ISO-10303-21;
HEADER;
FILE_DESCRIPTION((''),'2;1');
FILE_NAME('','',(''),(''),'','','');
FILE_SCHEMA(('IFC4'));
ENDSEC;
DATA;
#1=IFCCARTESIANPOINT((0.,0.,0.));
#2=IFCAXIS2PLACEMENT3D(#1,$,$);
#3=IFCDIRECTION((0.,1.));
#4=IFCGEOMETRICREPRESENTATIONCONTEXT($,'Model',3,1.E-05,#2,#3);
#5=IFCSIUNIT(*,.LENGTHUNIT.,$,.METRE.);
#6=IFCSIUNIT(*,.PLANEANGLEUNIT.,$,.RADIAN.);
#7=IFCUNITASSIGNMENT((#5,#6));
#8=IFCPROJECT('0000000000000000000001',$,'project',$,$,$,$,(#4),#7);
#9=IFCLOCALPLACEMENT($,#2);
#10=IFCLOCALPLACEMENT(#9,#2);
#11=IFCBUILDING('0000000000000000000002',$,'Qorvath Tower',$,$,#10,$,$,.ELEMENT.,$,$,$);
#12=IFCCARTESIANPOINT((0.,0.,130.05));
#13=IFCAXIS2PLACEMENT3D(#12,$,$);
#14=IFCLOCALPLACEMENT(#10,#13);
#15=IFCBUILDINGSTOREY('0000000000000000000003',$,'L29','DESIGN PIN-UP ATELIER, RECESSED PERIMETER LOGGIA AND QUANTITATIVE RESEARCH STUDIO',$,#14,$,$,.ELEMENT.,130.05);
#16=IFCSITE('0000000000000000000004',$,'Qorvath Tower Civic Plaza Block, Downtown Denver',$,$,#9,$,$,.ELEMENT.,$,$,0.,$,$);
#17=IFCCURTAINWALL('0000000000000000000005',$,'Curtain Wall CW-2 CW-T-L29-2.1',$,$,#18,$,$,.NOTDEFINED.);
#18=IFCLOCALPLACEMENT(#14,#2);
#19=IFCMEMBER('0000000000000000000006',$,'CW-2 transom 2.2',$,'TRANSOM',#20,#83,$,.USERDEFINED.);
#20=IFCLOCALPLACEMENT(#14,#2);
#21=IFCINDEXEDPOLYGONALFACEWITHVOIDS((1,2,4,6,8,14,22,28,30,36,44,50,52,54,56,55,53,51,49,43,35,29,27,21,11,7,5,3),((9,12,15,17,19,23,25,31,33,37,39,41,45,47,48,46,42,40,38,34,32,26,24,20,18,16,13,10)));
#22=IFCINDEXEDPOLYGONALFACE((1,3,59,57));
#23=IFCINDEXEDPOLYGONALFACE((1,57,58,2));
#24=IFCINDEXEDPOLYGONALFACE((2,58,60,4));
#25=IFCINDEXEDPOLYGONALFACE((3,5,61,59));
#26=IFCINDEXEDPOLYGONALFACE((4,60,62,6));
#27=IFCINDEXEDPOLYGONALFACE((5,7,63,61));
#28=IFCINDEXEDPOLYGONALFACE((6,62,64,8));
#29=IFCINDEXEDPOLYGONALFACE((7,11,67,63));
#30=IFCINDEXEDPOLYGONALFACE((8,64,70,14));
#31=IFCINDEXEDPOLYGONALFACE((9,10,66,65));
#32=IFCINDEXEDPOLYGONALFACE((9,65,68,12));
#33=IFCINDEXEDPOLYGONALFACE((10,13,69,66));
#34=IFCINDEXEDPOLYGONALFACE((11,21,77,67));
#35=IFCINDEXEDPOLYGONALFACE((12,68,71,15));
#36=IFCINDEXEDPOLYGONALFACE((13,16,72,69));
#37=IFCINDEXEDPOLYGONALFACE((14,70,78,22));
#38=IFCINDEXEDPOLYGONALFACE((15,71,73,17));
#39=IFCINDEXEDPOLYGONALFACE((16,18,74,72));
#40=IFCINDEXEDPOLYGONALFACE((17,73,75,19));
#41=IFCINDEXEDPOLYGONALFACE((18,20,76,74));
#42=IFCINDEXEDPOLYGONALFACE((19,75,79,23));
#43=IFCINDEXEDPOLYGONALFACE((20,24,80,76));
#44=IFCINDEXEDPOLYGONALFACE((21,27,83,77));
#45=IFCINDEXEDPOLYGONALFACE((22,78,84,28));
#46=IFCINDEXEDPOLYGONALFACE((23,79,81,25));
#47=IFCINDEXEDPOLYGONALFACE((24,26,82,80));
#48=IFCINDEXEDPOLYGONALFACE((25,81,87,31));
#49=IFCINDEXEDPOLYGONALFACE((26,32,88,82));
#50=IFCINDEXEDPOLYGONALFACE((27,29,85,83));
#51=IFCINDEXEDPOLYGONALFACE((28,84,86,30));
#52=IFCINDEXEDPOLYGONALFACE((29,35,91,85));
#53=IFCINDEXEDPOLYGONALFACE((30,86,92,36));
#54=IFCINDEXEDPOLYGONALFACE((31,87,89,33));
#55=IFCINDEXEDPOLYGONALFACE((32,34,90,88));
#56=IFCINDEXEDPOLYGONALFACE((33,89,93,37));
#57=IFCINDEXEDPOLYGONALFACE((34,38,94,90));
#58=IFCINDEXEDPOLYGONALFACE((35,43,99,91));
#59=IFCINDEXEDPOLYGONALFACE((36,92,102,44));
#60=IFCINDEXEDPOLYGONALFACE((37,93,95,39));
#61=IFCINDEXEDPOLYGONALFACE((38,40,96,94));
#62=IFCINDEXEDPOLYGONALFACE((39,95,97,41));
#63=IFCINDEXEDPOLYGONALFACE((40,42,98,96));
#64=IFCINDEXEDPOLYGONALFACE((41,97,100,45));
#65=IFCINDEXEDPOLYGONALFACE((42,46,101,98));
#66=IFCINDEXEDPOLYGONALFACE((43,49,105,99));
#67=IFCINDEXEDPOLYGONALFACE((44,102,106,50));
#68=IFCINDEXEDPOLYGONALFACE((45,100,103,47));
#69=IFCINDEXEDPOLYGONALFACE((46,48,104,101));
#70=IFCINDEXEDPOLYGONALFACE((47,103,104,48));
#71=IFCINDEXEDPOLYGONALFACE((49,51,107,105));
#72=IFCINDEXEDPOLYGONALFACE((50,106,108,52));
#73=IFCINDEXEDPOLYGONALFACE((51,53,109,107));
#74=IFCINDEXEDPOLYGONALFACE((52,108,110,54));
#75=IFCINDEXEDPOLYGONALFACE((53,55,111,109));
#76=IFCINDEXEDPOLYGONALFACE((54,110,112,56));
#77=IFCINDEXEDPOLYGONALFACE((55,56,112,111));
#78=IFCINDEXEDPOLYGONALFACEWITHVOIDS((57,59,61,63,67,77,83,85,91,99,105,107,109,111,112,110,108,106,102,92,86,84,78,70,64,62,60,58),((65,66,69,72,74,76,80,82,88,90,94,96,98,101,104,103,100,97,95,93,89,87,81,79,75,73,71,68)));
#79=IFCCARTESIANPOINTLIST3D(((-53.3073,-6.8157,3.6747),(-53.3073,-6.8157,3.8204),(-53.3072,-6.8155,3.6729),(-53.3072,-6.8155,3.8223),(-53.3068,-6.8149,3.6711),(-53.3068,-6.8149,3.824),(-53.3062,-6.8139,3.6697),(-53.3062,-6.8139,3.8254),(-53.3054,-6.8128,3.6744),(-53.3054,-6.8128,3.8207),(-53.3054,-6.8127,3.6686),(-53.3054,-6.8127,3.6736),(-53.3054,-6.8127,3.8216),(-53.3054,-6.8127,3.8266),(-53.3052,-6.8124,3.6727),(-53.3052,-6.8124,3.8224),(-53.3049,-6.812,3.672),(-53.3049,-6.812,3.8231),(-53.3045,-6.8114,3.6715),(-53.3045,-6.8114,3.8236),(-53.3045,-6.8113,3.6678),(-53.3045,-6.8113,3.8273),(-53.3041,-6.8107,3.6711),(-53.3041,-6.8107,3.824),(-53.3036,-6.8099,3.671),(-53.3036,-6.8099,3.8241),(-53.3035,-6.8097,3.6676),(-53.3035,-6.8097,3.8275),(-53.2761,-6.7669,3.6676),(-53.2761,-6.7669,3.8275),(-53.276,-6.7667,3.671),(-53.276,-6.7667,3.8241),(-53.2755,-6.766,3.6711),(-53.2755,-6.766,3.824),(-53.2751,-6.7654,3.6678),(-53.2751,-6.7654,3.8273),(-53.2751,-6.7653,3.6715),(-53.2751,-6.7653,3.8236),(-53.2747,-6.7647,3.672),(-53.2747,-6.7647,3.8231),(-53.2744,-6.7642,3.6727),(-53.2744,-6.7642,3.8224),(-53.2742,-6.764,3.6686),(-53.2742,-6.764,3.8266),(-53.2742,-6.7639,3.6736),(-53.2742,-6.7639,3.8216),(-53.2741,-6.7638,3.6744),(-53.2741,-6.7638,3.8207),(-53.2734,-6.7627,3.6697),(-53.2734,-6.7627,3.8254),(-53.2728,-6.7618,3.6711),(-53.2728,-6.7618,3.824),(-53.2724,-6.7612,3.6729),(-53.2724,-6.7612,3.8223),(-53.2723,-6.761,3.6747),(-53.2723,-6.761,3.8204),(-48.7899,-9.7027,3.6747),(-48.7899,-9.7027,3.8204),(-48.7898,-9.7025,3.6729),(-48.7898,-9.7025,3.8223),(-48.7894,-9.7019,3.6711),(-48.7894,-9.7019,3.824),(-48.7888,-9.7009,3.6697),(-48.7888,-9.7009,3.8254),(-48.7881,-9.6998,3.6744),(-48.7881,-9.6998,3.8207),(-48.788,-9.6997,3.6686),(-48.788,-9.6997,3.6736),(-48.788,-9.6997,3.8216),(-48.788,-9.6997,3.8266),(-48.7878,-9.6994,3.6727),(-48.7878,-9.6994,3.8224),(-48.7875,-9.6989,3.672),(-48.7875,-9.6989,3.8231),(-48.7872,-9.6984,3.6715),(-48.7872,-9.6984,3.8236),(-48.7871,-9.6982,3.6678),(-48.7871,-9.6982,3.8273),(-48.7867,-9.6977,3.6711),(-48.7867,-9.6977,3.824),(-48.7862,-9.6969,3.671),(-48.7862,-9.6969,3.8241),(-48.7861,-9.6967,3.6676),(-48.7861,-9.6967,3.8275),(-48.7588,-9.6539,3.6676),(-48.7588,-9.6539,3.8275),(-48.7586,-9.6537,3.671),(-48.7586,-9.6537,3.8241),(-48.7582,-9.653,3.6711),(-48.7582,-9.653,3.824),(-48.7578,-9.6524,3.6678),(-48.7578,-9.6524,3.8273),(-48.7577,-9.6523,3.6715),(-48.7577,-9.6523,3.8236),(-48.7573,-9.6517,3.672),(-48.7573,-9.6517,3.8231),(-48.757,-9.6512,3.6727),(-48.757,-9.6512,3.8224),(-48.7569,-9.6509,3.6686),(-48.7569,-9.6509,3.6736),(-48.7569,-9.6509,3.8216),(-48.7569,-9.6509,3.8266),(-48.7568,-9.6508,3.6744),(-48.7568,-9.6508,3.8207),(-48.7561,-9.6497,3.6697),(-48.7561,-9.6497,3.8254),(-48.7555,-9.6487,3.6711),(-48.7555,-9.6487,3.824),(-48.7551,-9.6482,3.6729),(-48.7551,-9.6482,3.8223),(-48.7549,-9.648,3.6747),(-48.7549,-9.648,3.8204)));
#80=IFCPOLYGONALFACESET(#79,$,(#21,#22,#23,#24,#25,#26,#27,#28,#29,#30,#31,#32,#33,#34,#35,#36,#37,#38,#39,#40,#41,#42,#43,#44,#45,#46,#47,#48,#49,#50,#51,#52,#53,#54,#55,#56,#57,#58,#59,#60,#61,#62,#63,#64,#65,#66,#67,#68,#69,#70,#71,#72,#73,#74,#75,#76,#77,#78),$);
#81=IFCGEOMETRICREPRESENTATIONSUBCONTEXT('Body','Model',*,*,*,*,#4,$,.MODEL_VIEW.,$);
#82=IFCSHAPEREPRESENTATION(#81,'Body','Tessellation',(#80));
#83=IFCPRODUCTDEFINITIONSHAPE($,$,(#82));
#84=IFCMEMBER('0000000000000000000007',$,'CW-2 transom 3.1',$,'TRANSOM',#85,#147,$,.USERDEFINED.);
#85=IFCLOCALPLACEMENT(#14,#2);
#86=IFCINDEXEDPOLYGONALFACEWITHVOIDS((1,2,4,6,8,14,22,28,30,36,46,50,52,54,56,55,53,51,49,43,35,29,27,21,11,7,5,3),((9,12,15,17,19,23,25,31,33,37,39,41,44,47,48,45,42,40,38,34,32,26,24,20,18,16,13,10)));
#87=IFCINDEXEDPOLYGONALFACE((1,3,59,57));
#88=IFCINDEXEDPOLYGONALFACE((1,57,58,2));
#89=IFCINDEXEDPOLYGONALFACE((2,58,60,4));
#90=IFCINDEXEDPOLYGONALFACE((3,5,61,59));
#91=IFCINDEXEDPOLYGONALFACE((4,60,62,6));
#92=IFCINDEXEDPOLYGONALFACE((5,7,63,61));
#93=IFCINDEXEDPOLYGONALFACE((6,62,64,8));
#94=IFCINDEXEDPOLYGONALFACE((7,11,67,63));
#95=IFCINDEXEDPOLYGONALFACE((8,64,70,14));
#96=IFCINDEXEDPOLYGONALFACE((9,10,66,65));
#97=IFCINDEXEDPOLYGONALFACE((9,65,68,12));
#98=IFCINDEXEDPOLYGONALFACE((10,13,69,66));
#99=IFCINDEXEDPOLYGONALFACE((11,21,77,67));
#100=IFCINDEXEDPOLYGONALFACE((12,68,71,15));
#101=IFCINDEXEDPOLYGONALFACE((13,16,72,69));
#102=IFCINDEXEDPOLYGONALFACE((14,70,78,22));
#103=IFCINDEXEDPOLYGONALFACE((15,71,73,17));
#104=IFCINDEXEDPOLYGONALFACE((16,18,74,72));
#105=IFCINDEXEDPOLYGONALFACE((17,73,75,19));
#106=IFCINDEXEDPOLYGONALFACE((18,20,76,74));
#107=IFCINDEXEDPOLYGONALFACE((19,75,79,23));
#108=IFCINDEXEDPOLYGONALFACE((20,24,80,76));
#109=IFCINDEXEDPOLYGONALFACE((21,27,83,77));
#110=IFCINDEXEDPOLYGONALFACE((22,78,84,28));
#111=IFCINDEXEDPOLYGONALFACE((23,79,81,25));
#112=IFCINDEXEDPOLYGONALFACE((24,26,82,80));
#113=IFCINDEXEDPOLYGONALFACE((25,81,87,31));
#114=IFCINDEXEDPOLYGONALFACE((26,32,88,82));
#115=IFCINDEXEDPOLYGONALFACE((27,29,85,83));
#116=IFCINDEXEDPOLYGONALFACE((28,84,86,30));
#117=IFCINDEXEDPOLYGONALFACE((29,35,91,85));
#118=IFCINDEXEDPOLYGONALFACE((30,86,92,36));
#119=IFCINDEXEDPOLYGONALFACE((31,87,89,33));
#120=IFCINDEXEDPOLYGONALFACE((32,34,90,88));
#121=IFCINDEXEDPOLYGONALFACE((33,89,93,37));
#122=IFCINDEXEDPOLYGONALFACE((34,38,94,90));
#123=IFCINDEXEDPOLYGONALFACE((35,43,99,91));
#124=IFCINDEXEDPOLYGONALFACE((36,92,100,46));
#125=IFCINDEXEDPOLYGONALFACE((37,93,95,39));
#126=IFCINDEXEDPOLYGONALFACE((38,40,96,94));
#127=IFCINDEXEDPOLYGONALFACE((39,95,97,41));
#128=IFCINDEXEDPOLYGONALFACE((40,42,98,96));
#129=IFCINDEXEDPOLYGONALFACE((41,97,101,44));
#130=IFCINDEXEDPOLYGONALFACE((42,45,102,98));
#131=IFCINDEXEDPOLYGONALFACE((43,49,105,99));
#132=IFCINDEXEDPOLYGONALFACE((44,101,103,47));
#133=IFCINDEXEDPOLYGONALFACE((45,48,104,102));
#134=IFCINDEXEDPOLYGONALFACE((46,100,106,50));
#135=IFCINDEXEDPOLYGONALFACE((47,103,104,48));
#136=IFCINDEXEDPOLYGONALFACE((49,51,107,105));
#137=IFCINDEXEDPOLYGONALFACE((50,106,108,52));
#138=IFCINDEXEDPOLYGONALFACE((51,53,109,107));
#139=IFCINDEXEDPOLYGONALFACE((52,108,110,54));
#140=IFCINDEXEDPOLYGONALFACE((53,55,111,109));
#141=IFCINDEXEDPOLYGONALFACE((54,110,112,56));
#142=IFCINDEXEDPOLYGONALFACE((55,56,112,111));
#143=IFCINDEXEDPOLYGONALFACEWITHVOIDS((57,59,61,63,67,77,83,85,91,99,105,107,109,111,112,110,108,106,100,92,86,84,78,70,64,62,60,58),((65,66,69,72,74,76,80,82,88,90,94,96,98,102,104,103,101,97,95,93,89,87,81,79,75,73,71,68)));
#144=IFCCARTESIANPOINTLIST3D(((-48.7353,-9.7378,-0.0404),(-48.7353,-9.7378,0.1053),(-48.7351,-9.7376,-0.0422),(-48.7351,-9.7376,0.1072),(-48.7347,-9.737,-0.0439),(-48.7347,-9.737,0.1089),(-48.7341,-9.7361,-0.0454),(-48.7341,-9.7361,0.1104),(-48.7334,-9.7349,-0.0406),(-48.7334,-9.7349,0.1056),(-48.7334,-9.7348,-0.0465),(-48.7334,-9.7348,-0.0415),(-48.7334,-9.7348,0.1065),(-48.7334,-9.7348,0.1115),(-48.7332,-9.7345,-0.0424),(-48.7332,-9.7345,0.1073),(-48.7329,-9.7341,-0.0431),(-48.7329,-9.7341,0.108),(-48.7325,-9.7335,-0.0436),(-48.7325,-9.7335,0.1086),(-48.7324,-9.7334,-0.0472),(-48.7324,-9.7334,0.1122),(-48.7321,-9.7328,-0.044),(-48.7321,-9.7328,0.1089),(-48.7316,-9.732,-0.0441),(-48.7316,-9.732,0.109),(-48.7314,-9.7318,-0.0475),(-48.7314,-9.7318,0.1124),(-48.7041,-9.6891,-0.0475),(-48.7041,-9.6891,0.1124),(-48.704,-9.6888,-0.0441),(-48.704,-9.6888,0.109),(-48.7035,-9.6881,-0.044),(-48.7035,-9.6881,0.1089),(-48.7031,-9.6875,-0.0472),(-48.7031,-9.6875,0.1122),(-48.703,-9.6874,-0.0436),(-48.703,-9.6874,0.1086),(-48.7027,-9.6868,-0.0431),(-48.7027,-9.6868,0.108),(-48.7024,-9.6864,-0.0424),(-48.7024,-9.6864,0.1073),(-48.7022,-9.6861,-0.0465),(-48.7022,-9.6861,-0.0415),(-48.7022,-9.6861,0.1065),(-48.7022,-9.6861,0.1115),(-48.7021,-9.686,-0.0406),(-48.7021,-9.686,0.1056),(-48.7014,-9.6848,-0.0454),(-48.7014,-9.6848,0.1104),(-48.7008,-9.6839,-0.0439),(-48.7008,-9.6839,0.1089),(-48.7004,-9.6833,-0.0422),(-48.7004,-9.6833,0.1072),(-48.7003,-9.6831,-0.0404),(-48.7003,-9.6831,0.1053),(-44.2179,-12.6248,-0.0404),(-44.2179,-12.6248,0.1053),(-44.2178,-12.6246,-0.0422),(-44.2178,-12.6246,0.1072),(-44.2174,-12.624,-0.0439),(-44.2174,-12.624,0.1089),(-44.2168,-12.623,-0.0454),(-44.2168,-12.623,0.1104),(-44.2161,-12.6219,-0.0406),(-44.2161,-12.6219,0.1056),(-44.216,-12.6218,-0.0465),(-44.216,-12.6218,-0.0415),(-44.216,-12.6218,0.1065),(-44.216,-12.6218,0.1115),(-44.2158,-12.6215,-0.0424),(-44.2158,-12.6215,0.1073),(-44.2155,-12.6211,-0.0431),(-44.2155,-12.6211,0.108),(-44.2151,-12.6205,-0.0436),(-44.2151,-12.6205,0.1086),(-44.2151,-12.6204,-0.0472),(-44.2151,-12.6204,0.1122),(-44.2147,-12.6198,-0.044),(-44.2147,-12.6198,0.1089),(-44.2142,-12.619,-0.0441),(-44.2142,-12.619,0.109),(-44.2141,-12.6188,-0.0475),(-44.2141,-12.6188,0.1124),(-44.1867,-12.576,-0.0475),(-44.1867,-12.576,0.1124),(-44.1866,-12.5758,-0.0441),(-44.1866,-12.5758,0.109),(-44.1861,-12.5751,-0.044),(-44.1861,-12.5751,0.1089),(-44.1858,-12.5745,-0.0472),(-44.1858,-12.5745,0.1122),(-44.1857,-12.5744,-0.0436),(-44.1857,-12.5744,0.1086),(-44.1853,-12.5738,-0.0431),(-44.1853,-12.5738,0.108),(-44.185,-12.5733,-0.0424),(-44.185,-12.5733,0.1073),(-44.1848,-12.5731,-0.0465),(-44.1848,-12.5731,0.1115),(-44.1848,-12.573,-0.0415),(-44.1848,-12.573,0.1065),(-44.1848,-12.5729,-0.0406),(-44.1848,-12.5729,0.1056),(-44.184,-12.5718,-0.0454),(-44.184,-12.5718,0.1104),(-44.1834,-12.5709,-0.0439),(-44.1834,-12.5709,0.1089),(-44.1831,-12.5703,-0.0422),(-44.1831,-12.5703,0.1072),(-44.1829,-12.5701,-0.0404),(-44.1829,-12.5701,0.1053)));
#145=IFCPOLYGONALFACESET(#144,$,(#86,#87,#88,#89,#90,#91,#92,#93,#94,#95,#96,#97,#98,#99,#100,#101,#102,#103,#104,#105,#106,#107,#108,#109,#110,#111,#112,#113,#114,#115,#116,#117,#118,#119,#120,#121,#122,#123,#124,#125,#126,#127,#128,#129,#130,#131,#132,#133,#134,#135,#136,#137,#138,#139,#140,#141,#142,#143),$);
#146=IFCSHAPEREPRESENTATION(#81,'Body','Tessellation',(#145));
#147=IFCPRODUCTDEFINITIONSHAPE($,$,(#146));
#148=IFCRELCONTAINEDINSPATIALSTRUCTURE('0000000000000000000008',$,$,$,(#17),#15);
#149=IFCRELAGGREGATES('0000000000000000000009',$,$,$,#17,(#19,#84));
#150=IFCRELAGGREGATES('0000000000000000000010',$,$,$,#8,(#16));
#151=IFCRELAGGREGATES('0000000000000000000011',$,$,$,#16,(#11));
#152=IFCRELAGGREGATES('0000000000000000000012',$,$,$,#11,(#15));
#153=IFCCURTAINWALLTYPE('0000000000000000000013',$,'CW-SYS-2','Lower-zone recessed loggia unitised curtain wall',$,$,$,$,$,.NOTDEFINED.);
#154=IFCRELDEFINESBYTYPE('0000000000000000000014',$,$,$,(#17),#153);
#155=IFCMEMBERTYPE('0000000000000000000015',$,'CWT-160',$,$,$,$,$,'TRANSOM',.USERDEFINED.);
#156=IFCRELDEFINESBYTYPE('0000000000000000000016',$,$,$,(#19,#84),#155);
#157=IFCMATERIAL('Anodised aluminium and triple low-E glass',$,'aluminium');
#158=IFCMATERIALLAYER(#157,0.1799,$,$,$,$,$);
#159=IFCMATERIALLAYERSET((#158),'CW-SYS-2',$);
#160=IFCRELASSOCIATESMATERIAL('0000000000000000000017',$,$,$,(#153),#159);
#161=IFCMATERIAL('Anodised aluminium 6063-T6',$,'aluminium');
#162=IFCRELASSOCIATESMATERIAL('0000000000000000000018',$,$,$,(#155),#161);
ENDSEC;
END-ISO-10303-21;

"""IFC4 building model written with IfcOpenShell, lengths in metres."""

from ifc_helpers import new_model, si_unit, direction, frame, origin, origin_2d, place, context, subcontext, project, spatial, hollow_rectangle, extrude, material, layer, layer_set, material_profile, profile_set, type_object, element, aggregate, save


model = new_model("IFC4")

# Units and contexts
model_context = context("Model", 3, precision=1e-05, world=origin(), true_north=direction((0.0, 1.0)))
body_context = subcontext(model_context, "Body", "Model", "MODEL_VIEW")
ifc_project = project(units=[si_unit("LENGTHUNIT", "METRE"), si_unit("PLANEANGLEUNIT", "RADIAN")], contexts=[model_context])

# Site, building, storey
site_placement = place(None, origin())
site = spatial("IfcSite", under=ifc_project, at=site_placement, Name="Qorvath Tower Civic Plaza Block, Downtown Denver", CompositionType="ELEMENT", RefElevation=0.0)
building_placement = place(site_placement, origin())
building = spatial("IfcBuilding", under=site, at=building_placement, Name="Qorvath Tower", CompositionType="ELEMENT")
storey_placement = place(building_placement, frame((0.0, 0.0, 130.05)))
storey = spatial("IfcBuildingStorey", under=building, at=storey_placement, Name="L29", Description="DESIGN PIN-UP ATELIER, RECESSED PERIMETER LOGGIA AND QUANTITATIVE RESEARCH STUDIO", CompositionType="ELEMENT", Elevation=130.05)

# Curtain wall, members
ifc_material_1 = material(Name="Anodised aluminium and triple low-E glass", Category="aluminium")
ifc_layer_1 = layer(ifc_material_1, 0.1799)
ifc_layer_set_1 = layer_set([ifc_layer_1], Name="CW-SYS-2")
curtain_wall_type = type_object("IfcCurtainWallType", Name="CW-SYS-2", Description="Lower-zone recessed loggia unitised curtain wall", PredefinedType="NOTDEFINED", material=ifc_layer_set_1)
curtain_wall_placement = place(storey_placement, origin())
curtain_wall = element("IfcCurtainWall", 1, at=curtain_wall_placement, inside=storey, type_object=curtain_wall_type, Name="Curtain Wall CW-2 CW-T-L29-2.1", PredefinedType="NOTDEFINED")
ifc_material_2 = material(Name="Anodised aluminium 6063-T6", Category="aluminium")
ifc_material_profile_1 = material_profile(ifc_material_2, hollow_rectangle(XDim=0.0649, YDim=0.1599, WallThickness=0.0034, InnerFilletRadius=0.0034, OuterFilletRadius=0.0071, at=origin_2d()), Name="CWT 160x65")
ifc_profile_set_1 = profile_set([ifc_material_profile_1], Name="Anodised aluminium 6063-T6")
member_type_1 = type_object("IfcMemberType", Name="CWT-160", ElementType="TRANSOM", PredefinedType="USERDEFINED", material=ifc_profile_set_1)
member_1_placement = place(storey_placement, frame((-53.2898, -6.7883, 3.7476), z_axis=(0.842621, -0.538507, 0.0), x_axis=(0.538507, 0.842621, 0.0)))
member_1 = element("IfcMember", 2, at=member_1_placement, type_object=member_type_1, Name="CW-2 transom 2.2", ObjectType="TRANSOM", PredefinedType="USERDEFINED", context=body_context, shape_type="SweptSolid", body=[
    extrude(hollow_rectangle(XDim=0.0649, YDim=0.1599, WallThickness=0.0034, InnerFilletRadius=0.0034, OuterFilletRadius=0.0071, at=origin_2d()), origin(), (0.0, 0.0, 1.0), 5.3611),
])
member_2_placement = place(storey_placement, frame((-48.7178, -9.7104, 0.0325), z_axis=(0.842621, -0.538507, 0.0), x_axis=(0.538507, 0.842621, 0.0)))
member_2 = element("IfcMember", 3, at=member_2_placement, type_object=member_type_1, Name="CW-2 transom 3.1", ObjectType="TRANSOM", PredefinedType="USERDEFINED", context=body_context, shape_type="SweptSolid", body=[
    extrude(hollow_rectangle(XDim=0.0649, YDim=0.1599, WallThickness=0.0034, InnerFilletRadius=0.0034, OuterFilletRadius=0.0071, at=origin_2d()), origin(), (0.0, 0.0, 1.0), 5.3611),
])
aggregate(curtain_wall, [member_1, member_2])

save(model, "model.ifc")
